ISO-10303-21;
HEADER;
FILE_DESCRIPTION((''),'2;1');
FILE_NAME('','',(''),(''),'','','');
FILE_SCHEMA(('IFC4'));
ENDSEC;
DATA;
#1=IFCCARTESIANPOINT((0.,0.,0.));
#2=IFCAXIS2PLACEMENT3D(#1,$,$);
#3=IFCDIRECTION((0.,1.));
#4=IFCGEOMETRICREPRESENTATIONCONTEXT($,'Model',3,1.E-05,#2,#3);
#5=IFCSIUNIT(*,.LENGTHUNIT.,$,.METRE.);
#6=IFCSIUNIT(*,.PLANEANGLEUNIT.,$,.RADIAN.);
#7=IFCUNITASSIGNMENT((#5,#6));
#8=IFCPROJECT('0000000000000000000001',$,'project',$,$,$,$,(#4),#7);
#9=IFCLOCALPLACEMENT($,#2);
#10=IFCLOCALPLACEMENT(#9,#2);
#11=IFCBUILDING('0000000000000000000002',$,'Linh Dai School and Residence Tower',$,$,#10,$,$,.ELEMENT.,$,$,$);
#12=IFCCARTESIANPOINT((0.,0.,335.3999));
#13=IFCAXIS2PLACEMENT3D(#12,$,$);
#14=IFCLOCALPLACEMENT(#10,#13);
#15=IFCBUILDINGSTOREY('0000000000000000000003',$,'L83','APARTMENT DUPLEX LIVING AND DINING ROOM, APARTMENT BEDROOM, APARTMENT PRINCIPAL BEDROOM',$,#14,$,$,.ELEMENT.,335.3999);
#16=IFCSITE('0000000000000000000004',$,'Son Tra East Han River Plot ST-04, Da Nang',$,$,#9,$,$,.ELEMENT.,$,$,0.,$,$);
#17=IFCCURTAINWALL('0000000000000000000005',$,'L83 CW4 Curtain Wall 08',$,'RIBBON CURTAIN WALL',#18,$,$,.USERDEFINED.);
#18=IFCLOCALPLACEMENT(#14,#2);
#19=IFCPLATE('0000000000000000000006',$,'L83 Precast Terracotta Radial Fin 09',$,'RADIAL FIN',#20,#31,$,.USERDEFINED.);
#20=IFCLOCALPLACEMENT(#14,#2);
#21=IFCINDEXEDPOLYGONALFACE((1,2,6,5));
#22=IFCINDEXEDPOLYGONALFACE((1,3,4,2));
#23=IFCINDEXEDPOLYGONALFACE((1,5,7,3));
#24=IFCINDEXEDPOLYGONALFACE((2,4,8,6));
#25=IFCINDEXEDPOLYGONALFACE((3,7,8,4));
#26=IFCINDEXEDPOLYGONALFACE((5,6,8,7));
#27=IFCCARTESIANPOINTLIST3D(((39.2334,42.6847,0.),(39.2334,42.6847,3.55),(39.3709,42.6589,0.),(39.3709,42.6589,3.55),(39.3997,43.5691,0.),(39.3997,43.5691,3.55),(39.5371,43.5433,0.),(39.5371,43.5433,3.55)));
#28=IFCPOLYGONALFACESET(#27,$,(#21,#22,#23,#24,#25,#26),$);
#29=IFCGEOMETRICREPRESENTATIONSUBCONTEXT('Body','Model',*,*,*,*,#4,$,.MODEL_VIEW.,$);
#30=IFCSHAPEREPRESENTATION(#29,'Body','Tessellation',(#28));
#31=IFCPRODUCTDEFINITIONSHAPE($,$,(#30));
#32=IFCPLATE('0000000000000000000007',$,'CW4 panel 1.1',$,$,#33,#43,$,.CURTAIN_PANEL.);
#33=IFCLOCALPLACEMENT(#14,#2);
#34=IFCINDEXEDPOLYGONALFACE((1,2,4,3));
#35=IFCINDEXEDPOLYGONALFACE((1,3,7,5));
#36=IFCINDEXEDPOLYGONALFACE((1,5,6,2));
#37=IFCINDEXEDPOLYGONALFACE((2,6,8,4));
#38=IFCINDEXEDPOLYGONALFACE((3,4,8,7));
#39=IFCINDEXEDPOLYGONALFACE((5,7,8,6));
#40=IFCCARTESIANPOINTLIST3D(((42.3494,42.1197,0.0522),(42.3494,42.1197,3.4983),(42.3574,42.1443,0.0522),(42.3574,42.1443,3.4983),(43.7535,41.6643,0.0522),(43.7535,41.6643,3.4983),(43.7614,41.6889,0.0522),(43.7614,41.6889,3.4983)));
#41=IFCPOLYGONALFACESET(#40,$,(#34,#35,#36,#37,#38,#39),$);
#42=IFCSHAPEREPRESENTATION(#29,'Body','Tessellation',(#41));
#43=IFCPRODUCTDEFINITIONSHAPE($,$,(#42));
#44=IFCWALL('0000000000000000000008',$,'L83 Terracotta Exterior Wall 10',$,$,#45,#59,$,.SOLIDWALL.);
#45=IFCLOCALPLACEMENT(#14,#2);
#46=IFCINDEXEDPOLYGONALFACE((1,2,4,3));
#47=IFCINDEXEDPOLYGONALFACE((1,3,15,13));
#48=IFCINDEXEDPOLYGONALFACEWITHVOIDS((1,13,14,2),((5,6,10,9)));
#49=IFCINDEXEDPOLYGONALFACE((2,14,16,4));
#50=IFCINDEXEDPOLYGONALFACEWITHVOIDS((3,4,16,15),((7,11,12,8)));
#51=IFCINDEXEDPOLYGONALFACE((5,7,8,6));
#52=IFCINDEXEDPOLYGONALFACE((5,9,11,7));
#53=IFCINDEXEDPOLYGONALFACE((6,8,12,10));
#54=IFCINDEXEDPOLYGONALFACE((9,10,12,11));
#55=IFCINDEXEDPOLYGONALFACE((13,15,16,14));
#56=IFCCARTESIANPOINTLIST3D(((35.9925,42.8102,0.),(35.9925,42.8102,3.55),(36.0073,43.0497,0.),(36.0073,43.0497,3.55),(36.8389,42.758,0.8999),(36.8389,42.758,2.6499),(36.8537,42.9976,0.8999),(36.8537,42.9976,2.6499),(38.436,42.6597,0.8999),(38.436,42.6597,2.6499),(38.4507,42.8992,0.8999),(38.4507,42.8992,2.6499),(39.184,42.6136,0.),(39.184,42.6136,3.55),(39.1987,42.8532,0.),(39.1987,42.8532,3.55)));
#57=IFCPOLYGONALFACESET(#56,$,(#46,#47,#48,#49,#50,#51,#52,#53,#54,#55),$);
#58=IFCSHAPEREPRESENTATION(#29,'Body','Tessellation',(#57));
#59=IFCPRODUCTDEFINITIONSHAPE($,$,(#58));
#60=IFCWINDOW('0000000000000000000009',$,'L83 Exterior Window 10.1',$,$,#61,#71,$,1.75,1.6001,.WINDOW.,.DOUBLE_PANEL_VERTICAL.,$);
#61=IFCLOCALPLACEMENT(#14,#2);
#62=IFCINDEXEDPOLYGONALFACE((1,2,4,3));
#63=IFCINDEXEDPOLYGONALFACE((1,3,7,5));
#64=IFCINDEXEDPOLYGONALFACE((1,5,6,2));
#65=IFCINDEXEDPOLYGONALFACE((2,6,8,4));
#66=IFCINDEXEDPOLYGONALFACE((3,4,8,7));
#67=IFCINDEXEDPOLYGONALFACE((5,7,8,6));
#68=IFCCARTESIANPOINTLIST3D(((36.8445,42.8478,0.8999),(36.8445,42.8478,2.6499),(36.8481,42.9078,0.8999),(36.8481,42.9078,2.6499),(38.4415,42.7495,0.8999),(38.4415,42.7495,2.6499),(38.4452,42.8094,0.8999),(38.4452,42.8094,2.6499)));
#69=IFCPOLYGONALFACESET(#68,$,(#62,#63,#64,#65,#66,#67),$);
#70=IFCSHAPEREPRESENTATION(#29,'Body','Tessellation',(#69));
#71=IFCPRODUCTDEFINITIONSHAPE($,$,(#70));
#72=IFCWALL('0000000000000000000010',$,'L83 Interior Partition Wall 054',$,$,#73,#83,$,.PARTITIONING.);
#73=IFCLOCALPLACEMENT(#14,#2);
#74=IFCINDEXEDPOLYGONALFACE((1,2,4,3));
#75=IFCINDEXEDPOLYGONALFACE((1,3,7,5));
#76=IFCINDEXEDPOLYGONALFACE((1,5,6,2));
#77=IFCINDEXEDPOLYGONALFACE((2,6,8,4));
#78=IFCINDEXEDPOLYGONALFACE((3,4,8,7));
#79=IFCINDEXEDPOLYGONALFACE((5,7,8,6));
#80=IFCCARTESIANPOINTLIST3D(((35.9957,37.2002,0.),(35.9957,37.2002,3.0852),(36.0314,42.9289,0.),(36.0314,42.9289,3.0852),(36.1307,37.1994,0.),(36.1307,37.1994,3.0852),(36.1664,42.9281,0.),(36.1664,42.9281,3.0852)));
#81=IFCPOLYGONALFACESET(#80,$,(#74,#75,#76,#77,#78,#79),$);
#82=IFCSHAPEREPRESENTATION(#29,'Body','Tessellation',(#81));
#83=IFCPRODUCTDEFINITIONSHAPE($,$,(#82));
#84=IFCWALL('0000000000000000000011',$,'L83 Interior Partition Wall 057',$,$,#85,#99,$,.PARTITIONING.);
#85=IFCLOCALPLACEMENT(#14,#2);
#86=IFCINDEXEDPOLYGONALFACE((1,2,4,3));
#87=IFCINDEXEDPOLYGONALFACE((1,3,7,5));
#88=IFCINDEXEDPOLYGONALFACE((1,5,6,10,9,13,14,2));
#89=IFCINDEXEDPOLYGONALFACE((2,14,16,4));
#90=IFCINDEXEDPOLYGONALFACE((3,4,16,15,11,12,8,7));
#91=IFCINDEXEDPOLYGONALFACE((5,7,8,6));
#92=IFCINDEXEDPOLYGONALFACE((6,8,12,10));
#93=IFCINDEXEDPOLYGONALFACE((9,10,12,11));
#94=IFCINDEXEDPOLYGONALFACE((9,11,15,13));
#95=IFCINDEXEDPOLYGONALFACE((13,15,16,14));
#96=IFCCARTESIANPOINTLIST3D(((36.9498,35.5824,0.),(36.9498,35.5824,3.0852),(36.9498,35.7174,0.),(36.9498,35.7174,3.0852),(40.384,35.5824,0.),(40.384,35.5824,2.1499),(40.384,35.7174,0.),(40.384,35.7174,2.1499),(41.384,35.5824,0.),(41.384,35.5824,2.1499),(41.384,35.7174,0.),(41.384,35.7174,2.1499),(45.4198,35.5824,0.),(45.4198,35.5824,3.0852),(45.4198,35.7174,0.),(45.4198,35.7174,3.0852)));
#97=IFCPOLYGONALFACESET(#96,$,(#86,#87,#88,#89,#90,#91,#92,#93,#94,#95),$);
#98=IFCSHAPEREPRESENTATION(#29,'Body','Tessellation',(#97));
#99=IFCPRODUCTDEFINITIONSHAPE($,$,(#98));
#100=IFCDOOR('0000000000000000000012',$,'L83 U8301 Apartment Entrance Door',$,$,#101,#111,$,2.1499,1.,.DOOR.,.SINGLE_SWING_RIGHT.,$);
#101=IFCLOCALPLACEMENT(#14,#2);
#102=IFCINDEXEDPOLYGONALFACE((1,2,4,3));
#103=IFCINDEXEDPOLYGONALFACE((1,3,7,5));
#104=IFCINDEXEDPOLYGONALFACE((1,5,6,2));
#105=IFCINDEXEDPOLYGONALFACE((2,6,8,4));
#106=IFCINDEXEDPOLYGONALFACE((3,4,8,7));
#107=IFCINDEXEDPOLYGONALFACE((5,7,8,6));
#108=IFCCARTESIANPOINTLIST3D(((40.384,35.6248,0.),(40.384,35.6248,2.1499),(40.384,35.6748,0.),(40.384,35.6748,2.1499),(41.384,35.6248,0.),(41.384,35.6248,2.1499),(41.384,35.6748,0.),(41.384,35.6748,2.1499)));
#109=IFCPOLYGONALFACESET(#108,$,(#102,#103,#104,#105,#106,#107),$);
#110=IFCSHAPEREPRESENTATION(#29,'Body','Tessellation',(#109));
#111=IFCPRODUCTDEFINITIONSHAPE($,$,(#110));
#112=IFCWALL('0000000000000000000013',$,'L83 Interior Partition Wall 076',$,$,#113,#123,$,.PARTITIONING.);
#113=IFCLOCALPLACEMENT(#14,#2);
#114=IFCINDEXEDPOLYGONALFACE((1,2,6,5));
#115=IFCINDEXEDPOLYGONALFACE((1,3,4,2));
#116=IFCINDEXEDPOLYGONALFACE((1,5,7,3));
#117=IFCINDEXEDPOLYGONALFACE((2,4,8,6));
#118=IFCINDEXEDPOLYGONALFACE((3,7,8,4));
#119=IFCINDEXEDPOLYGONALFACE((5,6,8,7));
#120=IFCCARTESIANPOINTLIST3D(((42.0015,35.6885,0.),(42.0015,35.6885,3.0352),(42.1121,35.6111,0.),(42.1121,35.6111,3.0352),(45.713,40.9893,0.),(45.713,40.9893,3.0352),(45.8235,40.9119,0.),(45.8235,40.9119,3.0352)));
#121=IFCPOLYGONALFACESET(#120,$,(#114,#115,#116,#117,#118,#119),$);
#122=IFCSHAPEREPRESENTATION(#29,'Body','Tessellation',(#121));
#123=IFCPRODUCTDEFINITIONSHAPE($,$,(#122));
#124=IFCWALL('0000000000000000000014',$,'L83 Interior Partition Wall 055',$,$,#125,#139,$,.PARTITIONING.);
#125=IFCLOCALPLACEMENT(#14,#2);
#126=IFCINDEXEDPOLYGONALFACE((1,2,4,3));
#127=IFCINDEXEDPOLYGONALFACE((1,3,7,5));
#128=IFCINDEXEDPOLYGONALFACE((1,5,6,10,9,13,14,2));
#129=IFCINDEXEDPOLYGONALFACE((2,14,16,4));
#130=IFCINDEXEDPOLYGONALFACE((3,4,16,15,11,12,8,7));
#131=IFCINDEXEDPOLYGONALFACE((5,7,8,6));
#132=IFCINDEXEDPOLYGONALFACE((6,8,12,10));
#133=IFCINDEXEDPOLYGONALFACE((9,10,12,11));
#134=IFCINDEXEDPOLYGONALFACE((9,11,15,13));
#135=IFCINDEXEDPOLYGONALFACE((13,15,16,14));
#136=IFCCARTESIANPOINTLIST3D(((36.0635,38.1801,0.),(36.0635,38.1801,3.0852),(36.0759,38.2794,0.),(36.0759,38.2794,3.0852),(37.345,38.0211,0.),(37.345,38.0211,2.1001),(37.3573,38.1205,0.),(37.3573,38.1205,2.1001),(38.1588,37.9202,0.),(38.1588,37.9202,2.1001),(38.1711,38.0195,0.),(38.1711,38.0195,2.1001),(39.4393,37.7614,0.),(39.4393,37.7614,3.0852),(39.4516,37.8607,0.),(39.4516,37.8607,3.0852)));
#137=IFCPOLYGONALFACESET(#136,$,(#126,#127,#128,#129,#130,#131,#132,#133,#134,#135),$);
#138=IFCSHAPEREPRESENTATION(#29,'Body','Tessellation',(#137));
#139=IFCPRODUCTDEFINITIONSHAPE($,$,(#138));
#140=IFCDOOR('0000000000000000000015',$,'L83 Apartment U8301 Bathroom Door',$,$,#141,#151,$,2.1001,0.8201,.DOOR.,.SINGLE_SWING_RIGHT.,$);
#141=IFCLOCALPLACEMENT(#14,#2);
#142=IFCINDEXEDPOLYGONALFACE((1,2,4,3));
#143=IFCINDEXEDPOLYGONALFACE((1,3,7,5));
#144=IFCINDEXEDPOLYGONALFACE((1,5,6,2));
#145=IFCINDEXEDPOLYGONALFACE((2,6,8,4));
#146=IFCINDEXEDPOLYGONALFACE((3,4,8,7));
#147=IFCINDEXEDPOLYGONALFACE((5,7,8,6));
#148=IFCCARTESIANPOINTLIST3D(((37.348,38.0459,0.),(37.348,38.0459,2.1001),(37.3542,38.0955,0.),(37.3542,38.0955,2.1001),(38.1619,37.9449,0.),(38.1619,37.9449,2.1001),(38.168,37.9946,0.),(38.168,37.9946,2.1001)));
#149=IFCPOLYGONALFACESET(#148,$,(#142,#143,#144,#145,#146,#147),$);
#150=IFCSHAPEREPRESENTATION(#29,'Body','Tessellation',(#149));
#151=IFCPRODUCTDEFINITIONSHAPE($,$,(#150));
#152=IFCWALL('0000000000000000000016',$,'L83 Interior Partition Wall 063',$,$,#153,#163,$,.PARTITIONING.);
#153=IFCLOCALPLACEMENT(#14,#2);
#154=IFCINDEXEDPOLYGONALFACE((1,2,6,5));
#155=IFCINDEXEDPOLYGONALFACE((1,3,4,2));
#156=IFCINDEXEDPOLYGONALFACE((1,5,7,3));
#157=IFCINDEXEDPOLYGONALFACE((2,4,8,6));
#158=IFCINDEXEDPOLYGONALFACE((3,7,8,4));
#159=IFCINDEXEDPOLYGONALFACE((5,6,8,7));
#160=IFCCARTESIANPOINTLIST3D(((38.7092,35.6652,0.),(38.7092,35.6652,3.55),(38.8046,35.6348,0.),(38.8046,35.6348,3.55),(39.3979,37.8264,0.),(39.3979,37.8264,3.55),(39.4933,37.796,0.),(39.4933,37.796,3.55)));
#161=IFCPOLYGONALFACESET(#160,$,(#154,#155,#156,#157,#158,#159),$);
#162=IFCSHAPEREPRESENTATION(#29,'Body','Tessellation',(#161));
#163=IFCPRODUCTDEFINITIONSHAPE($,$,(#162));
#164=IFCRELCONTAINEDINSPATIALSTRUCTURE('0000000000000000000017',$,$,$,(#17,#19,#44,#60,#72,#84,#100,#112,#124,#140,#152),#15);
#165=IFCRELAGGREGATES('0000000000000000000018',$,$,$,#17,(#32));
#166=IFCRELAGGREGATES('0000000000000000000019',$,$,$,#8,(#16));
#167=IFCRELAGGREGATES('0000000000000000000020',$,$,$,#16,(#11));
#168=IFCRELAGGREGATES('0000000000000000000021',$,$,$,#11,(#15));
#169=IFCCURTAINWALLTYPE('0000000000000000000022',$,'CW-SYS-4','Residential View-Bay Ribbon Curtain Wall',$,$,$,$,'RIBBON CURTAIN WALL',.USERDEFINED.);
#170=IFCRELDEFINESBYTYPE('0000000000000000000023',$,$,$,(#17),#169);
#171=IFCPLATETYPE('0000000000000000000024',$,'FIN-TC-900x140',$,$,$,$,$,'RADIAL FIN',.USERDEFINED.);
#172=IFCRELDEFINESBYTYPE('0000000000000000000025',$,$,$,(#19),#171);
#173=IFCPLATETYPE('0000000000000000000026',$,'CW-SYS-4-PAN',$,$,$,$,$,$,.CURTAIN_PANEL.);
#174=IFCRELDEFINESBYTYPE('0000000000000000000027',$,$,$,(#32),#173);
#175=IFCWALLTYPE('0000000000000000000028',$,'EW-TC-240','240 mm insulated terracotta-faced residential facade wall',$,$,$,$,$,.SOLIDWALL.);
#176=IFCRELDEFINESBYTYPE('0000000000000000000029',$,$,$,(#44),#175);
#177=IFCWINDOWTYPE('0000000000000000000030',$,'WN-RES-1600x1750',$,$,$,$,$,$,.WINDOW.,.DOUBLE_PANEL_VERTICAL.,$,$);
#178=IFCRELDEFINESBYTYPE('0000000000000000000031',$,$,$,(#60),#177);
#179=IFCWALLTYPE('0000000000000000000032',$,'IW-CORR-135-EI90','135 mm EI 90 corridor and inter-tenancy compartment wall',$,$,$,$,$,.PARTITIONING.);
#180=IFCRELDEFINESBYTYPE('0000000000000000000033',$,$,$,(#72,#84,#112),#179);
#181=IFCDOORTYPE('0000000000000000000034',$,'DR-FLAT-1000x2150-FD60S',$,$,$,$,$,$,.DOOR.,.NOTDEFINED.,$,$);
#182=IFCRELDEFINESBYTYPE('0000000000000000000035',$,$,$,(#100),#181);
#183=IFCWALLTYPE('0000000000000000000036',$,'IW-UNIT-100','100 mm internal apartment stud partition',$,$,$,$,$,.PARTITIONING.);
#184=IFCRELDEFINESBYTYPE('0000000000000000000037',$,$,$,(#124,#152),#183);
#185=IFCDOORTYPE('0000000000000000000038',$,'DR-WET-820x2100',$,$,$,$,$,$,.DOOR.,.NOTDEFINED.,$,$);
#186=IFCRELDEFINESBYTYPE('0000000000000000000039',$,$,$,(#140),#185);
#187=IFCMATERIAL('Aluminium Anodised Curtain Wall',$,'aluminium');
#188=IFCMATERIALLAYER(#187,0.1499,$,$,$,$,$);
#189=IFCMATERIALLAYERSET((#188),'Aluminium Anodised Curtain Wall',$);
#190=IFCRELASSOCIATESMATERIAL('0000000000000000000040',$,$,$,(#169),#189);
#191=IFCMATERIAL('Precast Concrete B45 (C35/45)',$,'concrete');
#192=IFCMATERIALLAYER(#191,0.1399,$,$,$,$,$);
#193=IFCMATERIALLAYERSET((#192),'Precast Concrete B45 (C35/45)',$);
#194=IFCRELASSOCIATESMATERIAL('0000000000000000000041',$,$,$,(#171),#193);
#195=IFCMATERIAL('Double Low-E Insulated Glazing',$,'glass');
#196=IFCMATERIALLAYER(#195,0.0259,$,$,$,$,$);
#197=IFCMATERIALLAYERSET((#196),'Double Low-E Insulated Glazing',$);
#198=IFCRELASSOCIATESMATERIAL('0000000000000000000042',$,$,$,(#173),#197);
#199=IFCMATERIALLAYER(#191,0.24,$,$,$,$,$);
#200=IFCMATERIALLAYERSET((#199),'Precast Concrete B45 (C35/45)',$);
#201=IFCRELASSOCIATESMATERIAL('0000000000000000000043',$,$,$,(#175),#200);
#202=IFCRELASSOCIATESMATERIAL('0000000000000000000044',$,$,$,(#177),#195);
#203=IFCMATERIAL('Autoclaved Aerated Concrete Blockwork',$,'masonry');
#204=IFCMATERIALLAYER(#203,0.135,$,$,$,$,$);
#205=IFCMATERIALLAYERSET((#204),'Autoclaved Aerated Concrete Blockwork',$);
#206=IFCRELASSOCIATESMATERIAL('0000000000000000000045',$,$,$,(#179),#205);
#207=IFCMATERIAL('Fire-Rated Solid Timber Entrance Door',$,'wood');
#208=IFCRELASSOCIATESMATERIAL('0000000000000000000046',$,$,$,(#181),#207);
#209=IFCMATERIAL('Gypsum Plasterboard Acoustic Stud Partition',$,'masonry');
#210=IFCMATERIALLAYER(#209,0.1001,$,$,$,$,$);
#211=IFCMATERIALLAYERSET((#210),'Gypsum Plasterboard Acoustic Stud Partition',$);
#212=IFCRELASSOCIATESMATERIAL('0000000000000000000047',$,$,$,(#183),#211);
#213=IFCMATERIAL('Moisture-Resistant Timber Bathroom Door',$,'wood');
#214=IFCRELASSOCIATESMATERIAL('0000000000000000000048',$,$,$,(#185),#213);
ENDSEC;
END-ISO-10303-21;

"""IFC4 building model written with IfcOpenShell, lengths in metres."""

from ifc_helpers import new_model, si_unit, direction, frame, frame_2d, origin, origin_2d, place, context, subcontext, project, spatial, rectangle, extrude, source, transform, mapped, material, layer, layer_set, type_object, element, fill, aggregate, save


model = new_model("IFC4")

# Units and contexts
model_context = context("Model", 3, precision=1e-05, world=origin(), true_north=direction((0.0, 1.0)))
body_context = subcontext(model_context, "Body", "Model", "MODEL_VIEW")
ifc_project = project(units=[si_unit("LENGTHUNIT", "METRE"), si_unit("PLANEANGLEUNIT", "RADIAN")], contexts=[model_context])

# Site, building, storey
site_placement = place(None, origin())
site = spatial("IfcSite", under=ifc_project, at=site_placement, Name="Son Tra East Han River Plot ST-04, Da Nang", CompositionType="ELEMENT", RefElevation=0.0)
building_placement = place(site_placement, origin())
building = spatial("IfcBuilding", under=site, at=building_placement, Name="Linh Dai School and Residence Tower", CompositionType="ELEMENT")
storey_placement = place(building_placement, frame((0.0, 0.0, 335.3999)))
storey = spatial("IfcBuildingStorey", under=building, at=storey_placement, Name="L83", Description="APARTMENT DUPLEX LIVING AND DINING ROOM, APARTMENT BEDROOM, APARTMENT PRINCIPAL BEDROOM", CompositionType="ELEMENT", Elevation=335.3999)

# Curtain wall
ifc_material_1 = material(Name="Aluminium Anodised Curtain Wall", Category="aluminium")
ifc_layer_1 = layer(ifc_material_1, 0.1499)
ifc_layer_set_1 = layer_set([ifc_layer_1], Name="Aluminium Anodised Curtain Wall")
curtain_wall_type = type_object("IfcCurtainWallType", Name="CW-SYS-4", Description="Residential View-Bay Ribbon Curtain Wall", ElementType="RIBBON CURTAIN WALL", PredefinedType="USERDEFINED", material=ifc_layer_set_1)
curtain_wall_placement = place(storey_placement, origin())
curtain_wall = element("IfcCurtainWall", 1, at=curtain_wall_placement, inside=storey, type_object=curtain_wall_type, Name="L83 CW4 Curtain Wall 08", ObjectType="RIBBON CURTAIN WALL", PredefinedType="USERDEFINED")

# Plates
ifc_material_2 = material(Name="Precast Concrete B45 (C35/45)", Category="concrete")
ifc_layer_2 = layer(ifc_material_2, 0.1399)
ifc_layer_set_2 = layer_set([ifc_layer_2], Name="Precast Concrete B45 (C35/45)")
plate_type_1 = type_object("IfcPlateType", Name="FIN-TC-900x140", ElementType="RADIAL FIN", PredefinedType="USERDEFINED", material=ifc_layer_set_2)
shared_shape_1 = source(origin(), body_context, "Body", "SweptSolid", [
    extrude(rectangle(XDim=0.8999, YDim=0.1399, at=origin_2d()), origin(), (0.0, 0.0, 1.0), 3.55),
])
plate_1_placement = place(storey_placement, frame((39.3853, 43.114, 0.0), z_axis=(0.0, 0.0, 1.0), x_axis=(0.184785, 0.982779, 0.0)))
element("IfcPlate", 2, at=plate_1_placement, inside=storey, type_object=plate_type_1, Name="L83 Precast Terracotta Radial Fin 09", ObjectType="RADIAL FIN", PredefinedType="USERDEFINED", context=body_context, shape_type="MappedRepresentation", body=[
    mapped(shared_shape_1, transform((0.0, 0.0, 0.0), x_axis=(1.0, 0.0, 0.0), y_axis=(0.0, 1.0, 0.0), z_axis=(0.0, 0.0, 1.0), scale=1.0)),
])
ifc_material_3 = material(Name="Double Low-E Insulated Glazing", Category="glass")
ifc_layer_3 = layer(ifc_material_3, 0.0259)
ifc_layer_set_3 = layer_set([ifc_layer_3], Name="Double Low-E Insulated Glazing")
plate_type_2 = type_object("IfcPlateType", Name="CW-SYS-4-PAN", PredefinedType="CURTAIN_PANEL", material=ifc_layer_set_3)
shared_shape_2 = source(origin(), body_context, "Body", "SweptSolid", [
    extrude(rectangle(XDim=1.4761, YDim=0.0259, at=origin_2d()), origin(), (0.0, 0.0, 1.0), 3.446),
])
plate_2_placement = place(storey_placement, frame((43.0554, 41.9043, 0.0522), z_axis=(0.0, 0.0, 1.0), x_axis=(0.951203, -0.308565, 0.0)))
plate_2 = element("IfcPlate", 3, at=plate_2_placement, type_object=plate_type_2, Name="CW4 panel 1.1", PredefinedType="CURTAIN_PANEL", context=body_context, shape_type="MappedRepresentation", body=[
    mapped(shared_shape_2, transform((0.0, 0.0, 0.0), x_axis=(1.0, 0.0, 0.0), y_axis=(0.0, 1.0, 0.0), z_axis=(0.0, 0.0, 1.0), scale=1.0)),
])
aggregate(curtain_wall, [plate_2])

# Shared definitions
ifc_layer_4 = layer(ifc_material_2, 0.24)
ifc_layer_set_4 = layer_set([ifc_layer_4], Name="Precast Concrete B45 (C35/45)")
wall_type_1 = type_object("IfcWallType", Name="EW-TC-240", Description="240 mm insulated terracotta-faced residential facade wall", PredefinedType="SOLIDWALL", material=ifc_layer_set_4)

# Wall, opening, window
wall_1_placement = place(storey_placement, frame((36.0, 42.9299, 0.0), z_axis=(0.0, 0.0, 1.0), x_axis=(0.998109, -0.061466, 0.0)))
wall_1 = element("IfcWall", 4, at=wall_1_placement, inside=storey, type_object=wall_type_1, Name="L83 Terracotta Exterior Wall 10", PredefinedType="SOLIDWALL", context=body_context, shape_type="SweptSolid", body=[
    extrude(rectangle(XDim=3.1975, YDim=0.24, at=frame_2d((1.5986, 0.0))), origin(), (0.0, 0.0, 1.0), 3.55),
])
opening_1_placement = place(wall_1_placement, frame((0.8479, 0.0, 0.8999)))
opening_1 = element("IfcOpeningElement", 5, at=opening_1_placement, cuts=wall_1, PredefinedType="OPENING", context=body_context, shape_type="SweptSolid", body=[
    extrude(rectangle(XDim=1.6001, YDim=1.75, at=origin_2d()), frame((0.8, 0.1299, 0.875), z_axis=(0.0, -1.0, 0.0), x_axis=(1.0, 0.0, 0.0)), (0.0, 0.0, 1.0), 0.26),
])
window_type = type_object("IfcWindowType", Name="WN-RES-1600x1750", PartitioningType="DOUBLE_PANEL_VERTICAL", PredefinedType="WINDOW", material=ifc_material_3)
shared_shape_3 = source(origin(), body_context, "Body", "SweptSolid", [
    extrude(rectangle(XDim=1.6001, YDim=1.75, at=origin_2d()), frame((0.8, 0.03, 0.875), z_axis=(0.0, -1.0, 0.0), x_axis=(1.0, 0.0, 0.0)), (0.0, 0.0, 1.0), 0.0601),
])
window_placement = place(opening_1_placement, origin())
window = element("IfcWindow", 6, at=window_placement, inside=storey, type_object=window_type, Name="L83 Exterior Window 10.1", OverallHeight=1.75, OverallWidth=1.6001, PartitioningType="DOUBLE_PANEL_VERTICAL", PredefinedType="WINDOW", context=body_context, shape_type="MappedRepresentation", body=[
    mapped(shared_shape_3, transform((0.0, 0.0, 0.0), x_axis=(1.0, 0.0, 0.0), y_axis=(0.0, 1.0, 0.0), z_axis=(0.0, 0.0, 1.0), scale=1.0)),
])
fill(opening_1, window)

# Wall
ifc_material_4 = material(Name="Autoclaved Aerated Concrete Blockwork", Category="masonry")
ifc_layer_5 = layer(ifc_material_4, 0.135)
ifc_layer_set_5 = layer_set([ifc_layer_5], Name="Autoclaved Aerated Concrete Blockwork")
wall_type_2 = type_object("IfcWallType", Name="IW-CORR-135-EI90", Description="135 mm EI 90 corridor and inter-tenancy compartment wall", PredefinedType="PARTITIONING", material=ifc_layer_set_5)
wall_2_placement = place(storey_placement, frame((36.0632, 37.2, 0.0), z_axis=(0.0, 0.0, 1.0), x_axis=(0.006222, 0.999981, 0.0)))
element("IfcWall", 7, at=wall_2_placement, inside=storey, type_object=wall_type_2, Name="L83 Interior Partition Wall 054", PredefinedType="PARTITIONING", context=body_context, shape_type="SweptSolid", body=[
    extrude(rectangle(XDim=5.7288, YDim=0.135, at=frame_2d((2.8643, 0.0))), origin(), (0.0, 0.0, 1.0), 3.0852),
])

# Wall, opening, door
wall_3_placement = place(storey_placement, frame((36.95, 35.6499, 0.0), z_axis=(0.0, 0.0, 1.0), x_axis=(1.0, 0.0, 0.0)))
wall_3 = element("IfcWall", 8, at=wall_3_placement, inside=storey, type_object=wall_type_2, Name="L83 Interior Partition Wall 057", PredefinedType="PARTITIONING", context=body_context, shape_type="SweptSolid", body=[
    extrude(rectangle(XDim=8.47, YDim=0.135, at=frame_2d((4.2349, 0.0))), origin(), (0.0, 0.0, 1.0), 3.0852),
])
opening_2_placement = place(wall_3_placement, frame((3.4341, 0.0, 0.0)))
opening_2 = element("IfcOpeningElement", 9, at=opening_2_placement, cuts=wall_3, PredefinedType="OPENING", context=body_context, shape_type="SweptSolid", body=[
    extrude(rectangle(XDim=1.0, YDim=2.1499, at=origin_2d()), frame((0.5, 0.0776, 1.075), z_axis=(0.0, -1.0, 0.0), x_axis=(1.0, 0.0, 0.0)), (0.0, 0.0, 1.0), 0.155),
])
ifc_material_5 = material(Name="Fire-Rated Solid Timber Entrance Door", Category="wood")
door_type_1 = type_object("IfcDoorType", Name="DR-FLAT-1000x2150-FD60S", OperationType="NOTDEFINED", PredefinedType="DOOR", material=ifc_material_5)
shared_shape_4 = source(origin(), body_context, "Body", "SweptSolid", [
    extrude(rectangle(XDim=1.0, YDim=2.1499, at=origin_2d()), frame((0.5, 0.0249, 1.075), z_axis=(0.0, -1.0, 0.0), x_axis=(1.0, 0.0, 0.0)), (0.0, 0.0, 1.0), 0.05),
])
door_1_placement = place(opening_2_placement, origin())
door_1 = element("IfcDoor", 10, at=door_1_placement, inside=storey, type_object=door_type_1, Name="L83 U8301 Apartment Entrance Door", OperationType="SINGLE_SWING_RIGHT", OverallHeight=2.1499, OverallWidth=1.0, PredefinedType="DOOR", context=body_context, shape_type="MappedRepresentation", body=[
    mapped(shared_shape_4, transform((0.0, 0.0, 0.0), x_axis=(1.0, 0.0, 0.0), y_axis=(0.0, 1.0, 0.0), z_axis=(0.0, 0.0, 1.0), scale=1.0)),
])
fill(opening_2, door_1)

# Wall
wall_4_placement = place(storey_placement, frame((42.0569, 35.6499, 0.0), z_axis=(0.0, 0.0, 1.0), x_axis=(0.573553, 0.819168, 0.0)))
element("IfcWall", 11, at=wall_4_placement, inside=storey, type_object=wall_type_2, Name="L83 Interior Partition Wall 076", PredefinedType="PARTITIONING", context=body_context, shape_type="SweptSolid", body=[
    extrude(rectangle(XDim=6.4709, YDim=0.135, at=frame_2d((3.2354, 0.0))), origin(), (0.0, 0.0, 1.0), 3.0352),
])

# Wall, opening, door
ifc_material_6 = material(Name="Gypsum Plasterboard Acoustic Stud Partition", Category="masonry")
ifc_layer_6 = layer(ifc_material_6, 0.1001)
ifc_layer_set_6 = layer_set([ifc_layer_6], Name="Gypsum Plasterboard Acoustic Stud Partition")
wall_type_3 = type_object("IfcWallType", Name="IW-UNIT-100", Description="100 mm internal apartment stud partition", PredefinedType="PARTITIONING", material=ifc_layer_set_6)
wall_5_placement = place(storey_placement, frame((36.0698, 38.2297, 0.0), z_axis=(0.0, 0.0, 1.0), x_axis=(0.992396, -0.123089, 0.0)))
wall_5 = element("IfcWall", 12, at=wall_5_placement, inside=storey, type_object=wall_type_3, Name="L83 Interior Partition Wall 055", PredefinedType="PARTITIONING", context=body_context, shape_type="SweptSolid", body=[
    extrude(rectangle(XDim=3.4016, YDim=0.1001, at=frame_2d((1.7007, 0.0))), origin(), (0.0, 0.0, 1.0), 3.0852),
])
opening_3_placement = place(wall_5_placement, frame((1.291, 0.0, 0.0)))
opening_3 = element("IfcOpeningElement", 13, at=opening_3_placement, cuts=wall_5, PredefinedType="OPENING", context=body_context, shape_type="SweptSolid", body=[
    extrude(rectangle(XDim=0.8201, YDim=2.1001, at=origin_2d()), frame((0.4102, 0.0601, 1.05), z_axis=(0.0, -1.0, 0.0), x_axis=(1.0, 0.0, 0.0)), (0.0, 0.0, 1.0), 0.1201),
])
ifc_material_7 = material(Name="Moisture-Resistant Timber Bathroom Door", Category="wood")
door_type_2 = type_object("IfcDoorType", Name="DR-WET-820x2100", OperationType="NOTDEFINED", PredefinedType="DOOR", material=ifc_material_7)
shared_shape_5 = source(origin(), body_context, "Body", "SweptSolid", [
    extrude(rectangle(XDim=0.8201, YDim=2.1001, at=origin_2d()), frame((0.4102, 0.0249, 1.05), z_axis=(0.0, -1.0, 0.0), x_axis=(1.0, 0.0, 0.0)), (0.0, 0.0, 1.0), 0.05),
])
door_2_placement = place(opening_3_placement, origin())
door_2 = element("IfcDoor", 14, at=door_2_placement, inside=storey, type_object=door_type_2, Name="L83 Apartment U8301 Bathroom Door", OperationType="SINGLE_SWING_RIGHT", OverallHeight=2.1001, OverallWidth=0.8201, PredefinedType="DOOR", context=body_context, shape_type="MappedRepresentation", body=[
    mapped(shared_shape_5, transform((0.0, 0.0, 0.0), x_axis=(1.0, 0.0, 0.0), y_axis=(0.0, 1.0, 0.0), z_axis=(0.0, 0.0, 1.0), scale=1.0)),
])
fill(opening_3, door_2)

# Wall
wall_6_placement = place(storey_placement, frame((38.7568, 35.6499, 0.0), z_axis=(0.0, 0.0, 1.0), x_axis=(0.303639, 0.952787, 0.0)))
element("IfcWall", 15, at=wall_6_placement, inside=storey, type_object=wall_type_3, Name="L83 Interior Partition Wall 063", PredefinedType="PARTITIONING", context=body_context, shape_type="SweptSolid", body=[
    extrude(rectangle(XDim=2.2683, YDim=0.1001, at=frame_2d((1.1343, 0.0))), origin(), (0.0, 0.0, 1.0), 3.55),
])

save(model, "model.ifc")
